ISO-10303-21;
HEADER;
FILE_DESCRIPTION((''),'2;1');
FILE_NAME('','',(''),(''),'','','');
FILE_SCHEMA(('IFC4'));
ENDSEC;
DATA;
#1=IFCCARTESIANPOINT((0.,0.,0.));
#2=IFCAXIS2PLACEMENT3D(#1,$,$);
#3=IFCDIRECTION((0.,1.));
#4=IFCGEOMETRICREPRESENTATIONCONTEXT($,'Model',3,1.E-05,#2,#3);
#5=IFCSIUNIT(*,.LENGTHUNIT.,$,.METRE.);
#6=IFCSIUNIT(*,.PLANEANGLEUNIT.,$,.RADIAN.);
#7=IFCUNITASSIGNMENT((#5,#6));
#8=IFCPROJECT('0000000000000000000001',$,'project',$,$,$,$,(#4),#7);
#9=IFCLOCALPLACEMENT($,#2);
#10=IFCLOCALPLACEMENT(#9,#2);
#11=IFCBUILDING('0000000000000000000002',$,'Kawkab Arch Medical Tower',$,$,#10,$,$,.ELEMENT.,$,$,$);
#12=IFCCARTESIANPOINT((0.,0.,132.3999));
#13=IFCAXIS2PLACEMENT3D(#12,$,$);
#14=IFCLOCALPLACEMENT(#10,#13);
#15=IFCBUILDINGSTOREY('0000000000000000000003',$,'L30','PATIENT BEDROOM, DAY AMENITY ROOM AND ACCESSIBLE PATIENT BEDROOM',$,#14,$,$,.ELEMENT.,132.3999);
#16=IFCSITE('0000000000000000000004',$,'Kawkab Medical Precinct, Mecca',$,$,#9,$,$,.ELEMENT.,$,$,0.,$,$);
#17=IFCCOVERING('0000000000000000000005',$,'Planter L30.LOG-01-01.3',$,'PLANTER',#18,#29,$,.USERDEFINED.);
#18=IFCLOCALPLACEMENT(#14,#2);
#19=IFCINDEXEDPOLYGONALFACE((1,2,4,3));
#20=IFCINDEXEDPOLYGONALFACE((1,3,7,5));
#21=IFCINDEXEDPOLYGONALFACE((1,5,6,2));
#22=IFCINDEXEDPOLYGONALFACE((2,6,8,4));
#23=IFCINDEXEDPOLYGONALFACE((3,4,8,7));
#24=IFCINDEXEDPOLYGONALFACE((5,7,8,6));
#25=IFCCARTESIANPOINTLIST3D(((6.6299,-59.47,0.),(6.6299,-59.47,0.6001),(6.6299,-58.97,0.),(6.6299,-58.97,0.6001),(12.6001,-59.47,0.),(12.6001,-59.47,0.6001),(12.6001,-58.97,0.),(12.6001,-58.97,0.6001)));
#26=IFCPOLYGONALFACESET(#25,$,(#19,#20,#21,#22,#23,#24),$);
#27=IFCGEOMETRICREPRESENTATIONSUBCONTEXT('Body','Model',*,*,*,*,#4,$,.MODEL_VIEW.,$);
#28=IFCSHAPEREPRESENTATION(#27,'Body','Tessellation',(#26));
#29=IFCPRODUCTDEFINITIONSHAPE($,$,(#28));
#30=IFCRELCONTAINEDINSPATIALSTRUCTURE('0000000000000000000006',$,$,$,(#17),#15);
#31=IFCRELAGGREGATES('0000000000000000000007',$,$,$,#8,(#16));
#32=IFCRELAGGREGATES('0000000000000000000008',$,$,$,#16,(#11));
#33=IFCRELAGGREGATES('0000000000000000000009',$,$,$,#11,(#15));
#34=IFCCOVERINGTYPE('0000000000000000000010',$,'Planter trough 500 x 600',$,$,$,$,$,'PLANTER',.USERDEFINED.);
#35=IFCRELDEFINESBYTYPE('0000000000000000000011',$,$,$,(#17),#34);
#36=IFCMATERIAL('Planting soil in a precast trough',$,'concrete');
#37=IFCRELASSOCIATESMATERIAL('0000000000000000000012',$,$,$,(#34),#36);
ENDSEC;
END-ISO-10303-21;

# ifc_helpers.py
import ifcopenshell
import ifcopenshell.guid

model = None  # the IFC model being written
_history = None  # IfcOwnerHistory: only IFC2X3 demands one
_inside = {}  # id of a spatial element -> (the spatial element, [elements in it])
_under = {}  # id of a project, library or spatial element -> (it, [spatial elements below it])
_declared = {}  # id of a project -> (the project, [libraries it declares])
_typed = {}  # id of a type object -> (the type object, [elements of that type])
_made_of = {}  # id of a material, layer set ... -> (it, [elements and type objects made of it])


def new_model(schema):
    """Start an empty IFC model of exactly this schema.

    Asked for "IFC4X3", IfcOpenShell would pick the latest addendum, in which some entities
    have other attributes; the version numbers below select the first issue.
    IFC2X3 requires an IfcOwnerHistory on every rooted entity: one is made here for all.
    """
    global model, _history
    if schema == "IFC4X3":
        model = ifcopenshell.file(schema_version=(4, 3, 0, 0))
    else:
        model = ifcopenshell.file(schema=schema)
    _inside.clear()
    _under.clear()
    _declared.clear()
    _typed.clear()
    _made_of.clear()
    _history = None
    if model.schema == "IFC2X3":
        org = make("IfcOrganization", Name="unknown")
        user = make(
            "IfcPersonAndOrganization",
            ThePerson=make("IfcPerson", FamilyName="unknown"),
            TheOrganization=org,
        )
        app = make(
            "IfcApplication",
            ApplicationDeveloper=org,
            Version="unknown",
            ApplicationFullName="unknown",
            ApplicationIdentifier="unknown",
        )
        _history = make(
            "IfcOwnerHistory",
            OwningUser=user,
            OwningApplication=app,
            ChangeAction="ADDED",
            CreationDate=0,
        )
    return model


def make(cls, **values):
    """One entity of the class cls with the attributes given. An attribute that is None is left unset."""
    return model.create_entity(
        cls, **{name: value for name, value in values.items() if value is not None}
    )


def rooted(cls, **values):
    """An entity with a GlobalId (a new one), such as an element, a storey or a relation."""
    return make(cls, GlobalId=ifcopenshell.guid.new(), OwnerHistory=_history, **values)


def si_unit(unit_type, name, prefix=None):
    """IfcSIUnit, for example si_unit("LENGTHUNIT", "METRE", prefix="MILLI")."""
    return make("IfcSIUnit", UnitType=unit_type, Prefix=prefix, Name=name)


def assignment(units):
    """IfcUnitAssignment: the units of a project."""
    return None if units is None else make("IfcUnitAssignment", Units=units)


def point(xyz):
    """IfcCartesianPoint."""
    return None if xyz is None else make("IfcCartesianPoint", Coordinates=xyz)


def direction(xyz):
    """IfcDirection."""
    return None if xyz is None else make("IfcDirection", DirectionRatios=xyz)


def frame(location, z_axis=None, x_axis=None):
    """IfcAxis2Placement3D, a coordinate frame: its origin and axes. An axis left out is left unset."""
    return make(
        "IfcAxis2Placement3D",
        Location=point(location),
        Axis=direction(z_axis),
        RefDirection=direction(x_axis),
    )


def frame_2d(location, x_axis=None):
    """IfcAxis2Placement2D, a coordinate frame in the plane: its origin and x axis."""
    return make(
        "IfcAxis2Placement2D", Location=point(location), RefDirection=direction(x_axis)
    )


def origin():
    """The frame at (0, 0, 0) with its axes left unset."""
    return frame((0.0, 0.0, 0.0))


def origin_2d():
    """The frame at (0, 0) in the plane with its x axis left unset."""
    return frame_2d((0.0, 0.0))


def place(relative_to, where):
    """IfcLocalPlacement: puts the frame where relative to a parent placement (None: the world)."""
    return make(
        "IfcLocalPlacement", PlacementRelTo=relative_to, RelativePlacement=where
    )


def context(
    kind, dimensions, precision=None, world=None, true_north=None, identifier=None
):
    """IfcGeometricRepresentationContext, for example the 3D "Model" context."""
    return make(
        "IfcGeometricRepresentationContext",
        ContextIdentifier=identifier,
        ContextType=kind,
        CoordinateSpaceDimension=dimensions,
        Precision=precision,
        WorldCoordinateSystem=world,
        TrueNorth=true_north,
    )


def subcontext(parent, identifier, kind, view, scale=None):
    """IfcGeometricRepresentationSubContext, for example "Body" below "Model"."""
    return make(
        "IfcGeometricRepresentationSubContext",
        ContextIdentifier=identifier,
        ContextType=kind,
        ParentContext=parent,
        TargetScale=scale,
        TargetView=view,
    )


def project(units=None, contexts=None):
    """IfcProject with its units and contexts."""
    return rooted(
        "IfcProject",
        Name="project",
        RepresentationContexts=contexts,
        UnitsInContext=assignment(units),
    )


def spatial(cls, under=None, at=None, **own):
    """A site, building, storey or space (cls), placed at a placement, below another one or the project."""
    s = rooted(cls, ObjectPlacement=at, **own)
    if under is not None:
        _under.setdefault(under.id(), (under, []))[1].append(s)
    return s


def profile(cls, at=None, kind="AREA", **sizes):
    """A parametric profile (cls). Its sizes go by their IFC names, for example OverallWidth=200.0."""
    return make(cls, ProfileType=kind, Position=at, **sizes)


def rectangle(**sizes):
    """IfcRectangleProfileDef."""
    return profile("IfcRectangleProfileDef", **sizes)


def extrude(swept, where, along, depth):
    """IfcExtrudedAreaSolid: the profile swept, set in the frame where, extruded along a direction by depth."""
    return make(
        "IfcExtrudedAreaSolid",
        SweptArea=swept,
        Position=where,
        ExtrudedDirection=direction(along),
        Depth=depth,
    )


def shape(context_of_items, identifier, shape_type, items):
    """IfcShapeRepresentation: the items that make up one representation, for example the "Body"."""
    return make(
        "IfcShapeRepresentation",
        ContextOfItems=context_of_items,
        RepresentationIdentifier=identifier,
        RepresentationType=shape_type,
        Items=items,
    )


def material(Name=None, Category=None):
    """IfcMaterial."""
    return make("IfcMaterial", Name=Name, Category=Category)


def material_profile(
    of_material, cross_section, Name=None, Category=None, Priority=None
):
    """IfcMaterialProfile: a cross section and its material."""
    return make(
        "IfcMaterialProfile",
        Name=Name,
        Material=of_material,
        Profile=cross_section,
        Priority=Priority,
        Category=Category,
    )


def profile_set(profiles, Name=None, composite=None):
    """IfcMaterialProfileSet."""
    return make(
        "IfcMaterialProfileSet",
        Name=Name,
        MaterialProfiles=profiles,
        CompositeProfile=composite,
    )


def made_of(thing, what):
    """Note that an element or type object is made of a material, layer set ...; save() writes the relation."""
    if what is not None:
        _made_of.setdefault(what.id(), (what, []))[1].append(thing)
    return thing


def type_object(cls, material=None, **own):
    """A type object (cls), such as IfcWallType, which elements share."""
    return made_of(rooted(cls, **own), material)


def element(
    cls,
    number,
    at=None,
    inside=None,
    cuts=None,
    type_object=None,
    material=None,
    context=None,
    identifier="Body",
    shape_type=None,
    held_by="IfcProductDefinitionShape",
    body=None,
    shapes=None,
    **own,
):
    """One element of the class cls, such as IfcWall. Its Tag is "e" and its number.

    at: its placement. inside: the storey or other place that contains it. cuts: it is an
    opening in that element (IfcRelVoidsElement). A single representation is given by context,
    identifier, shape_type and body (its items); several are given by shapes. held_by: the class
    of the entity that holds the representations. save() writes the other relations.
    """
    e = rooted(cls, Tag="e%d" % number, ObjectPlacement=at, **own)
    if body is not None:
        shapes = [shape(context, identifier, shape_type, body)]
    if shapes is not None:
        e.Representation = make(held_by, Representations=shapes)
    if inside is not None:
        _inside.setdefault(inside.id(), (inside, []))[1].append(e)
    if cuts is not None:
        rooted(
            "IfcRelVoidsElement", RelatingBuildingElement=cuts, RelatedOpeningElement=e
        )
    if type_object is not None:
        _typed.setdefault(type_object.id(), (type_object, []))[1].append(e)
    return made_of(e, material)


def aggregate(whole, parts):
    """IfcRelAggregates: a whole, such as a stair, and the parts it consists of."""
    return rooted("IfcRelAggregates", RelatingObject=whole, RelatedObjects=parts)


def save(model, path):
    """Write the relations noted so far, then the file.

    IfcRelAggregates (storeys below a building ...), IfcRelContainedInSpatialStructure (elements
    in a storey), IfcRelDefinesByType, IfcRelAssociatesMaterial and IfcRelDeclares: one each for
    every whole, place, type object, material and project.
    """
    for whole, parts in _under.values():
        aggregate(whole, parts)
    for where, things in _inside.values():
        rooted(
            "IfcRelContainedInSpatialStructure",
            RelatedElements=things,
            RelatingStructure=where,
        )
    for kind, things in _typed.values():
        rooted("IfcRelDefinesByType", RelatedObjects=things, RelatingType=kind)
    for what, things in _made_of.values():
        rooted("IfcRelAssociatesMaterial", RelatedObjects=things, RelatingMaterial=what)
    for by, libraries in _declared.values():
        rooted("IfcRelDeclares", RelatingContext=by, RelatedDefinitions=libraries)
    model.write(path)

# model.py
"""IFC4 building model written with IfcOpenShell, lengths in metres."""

from ifc_helpers import new_model, si_unit, direction, frame, origin, origin_2d, place, context, subcontext, project, spatial, rectangle, extrude, material, material_profile, profile_set, type_object, element, save


model = new_model("IFC4")

# Units and contexts
model_context = context("Model", 3, precision=1e-05, world=origin(), true_north=direction((0.0, 1.0)))
body_context = subcontext(model_context, "Body", "Model", "MODEL_VIEW")
ifc_project = project(units=[si_unit("LENGTHUNIT", "METRE"), si_unit("PLANEANGLEUNIT", "RADIAN")], contexts=[model_context])

# Site, building, storey
site_placement = place(None, origin())
site = spatial("IfcSite", under=ifc_project, at=site_placement, Name="Kawkab Medical Precinct, Mecca", CompositionType="ELEMENT", RefElevation=0.0)
building_placement = place(site_placement, origin())
building = spatial("IfcBuilding", under=site, at=building_placement, Name="Kawkab Arch Medical Tower", CompositionType="ELEMENT")
storey_placement = place(building_placement, frame((0.0, 0.0, 132.3999)))
storey = spatial("IfcBuildingStorey", under=building, at=storey_placement, Name="L30", Description="PATIENT BEDROOM, DAY AMENITY ROOM AND ACCESSIBLE PATIENT BEDROOM", CompositionType="ELEMENT", Elevation=132.3999)

# Covering
ifc_material_1 = material(Name="Planting soil in a precast trough", Category="concrete")
ifc_material_profile_1 = material_profile(ifc_material_1, rectangle(XDim=0.5, YDim=0.6001, at=origin_2d()), Name="Trough 500x600")
ifc_profile_set_1 = profile_set([ifc_material_profile_1], Name="Planting soil in a precast trough")
covering_type_1 = type_object("IfcCoveringType", Name="Planter trough 500 x 600", ElementType="PLANTER", PredefinedType="USERDEFINED", material=ifc_profile_set_1)
covering_1_placement = place(storey_placement, frame((12.6001, -59.22, 0.3), z_axis=(-1.0, 0.0, 0.0), x_axis=(0.0, -1.0, 0.0)))
element("IfcCovering", 1, at=covering_1_placement, inside=storey, type_object=covering_type_1, Name="Planter L30.LOG-01-01.3", ObjectType="PLANTER", PredefinedType="USERDEFINED", context=body_context, shape_type="SweptSolid", body=[
    extrude(rectangle(XDim=0.5, YDim=0.6001, at=origin_2d()), origin(), (0.0, 0.0, 1.0), 5.9702),
])

save(model, "model.ifc")
